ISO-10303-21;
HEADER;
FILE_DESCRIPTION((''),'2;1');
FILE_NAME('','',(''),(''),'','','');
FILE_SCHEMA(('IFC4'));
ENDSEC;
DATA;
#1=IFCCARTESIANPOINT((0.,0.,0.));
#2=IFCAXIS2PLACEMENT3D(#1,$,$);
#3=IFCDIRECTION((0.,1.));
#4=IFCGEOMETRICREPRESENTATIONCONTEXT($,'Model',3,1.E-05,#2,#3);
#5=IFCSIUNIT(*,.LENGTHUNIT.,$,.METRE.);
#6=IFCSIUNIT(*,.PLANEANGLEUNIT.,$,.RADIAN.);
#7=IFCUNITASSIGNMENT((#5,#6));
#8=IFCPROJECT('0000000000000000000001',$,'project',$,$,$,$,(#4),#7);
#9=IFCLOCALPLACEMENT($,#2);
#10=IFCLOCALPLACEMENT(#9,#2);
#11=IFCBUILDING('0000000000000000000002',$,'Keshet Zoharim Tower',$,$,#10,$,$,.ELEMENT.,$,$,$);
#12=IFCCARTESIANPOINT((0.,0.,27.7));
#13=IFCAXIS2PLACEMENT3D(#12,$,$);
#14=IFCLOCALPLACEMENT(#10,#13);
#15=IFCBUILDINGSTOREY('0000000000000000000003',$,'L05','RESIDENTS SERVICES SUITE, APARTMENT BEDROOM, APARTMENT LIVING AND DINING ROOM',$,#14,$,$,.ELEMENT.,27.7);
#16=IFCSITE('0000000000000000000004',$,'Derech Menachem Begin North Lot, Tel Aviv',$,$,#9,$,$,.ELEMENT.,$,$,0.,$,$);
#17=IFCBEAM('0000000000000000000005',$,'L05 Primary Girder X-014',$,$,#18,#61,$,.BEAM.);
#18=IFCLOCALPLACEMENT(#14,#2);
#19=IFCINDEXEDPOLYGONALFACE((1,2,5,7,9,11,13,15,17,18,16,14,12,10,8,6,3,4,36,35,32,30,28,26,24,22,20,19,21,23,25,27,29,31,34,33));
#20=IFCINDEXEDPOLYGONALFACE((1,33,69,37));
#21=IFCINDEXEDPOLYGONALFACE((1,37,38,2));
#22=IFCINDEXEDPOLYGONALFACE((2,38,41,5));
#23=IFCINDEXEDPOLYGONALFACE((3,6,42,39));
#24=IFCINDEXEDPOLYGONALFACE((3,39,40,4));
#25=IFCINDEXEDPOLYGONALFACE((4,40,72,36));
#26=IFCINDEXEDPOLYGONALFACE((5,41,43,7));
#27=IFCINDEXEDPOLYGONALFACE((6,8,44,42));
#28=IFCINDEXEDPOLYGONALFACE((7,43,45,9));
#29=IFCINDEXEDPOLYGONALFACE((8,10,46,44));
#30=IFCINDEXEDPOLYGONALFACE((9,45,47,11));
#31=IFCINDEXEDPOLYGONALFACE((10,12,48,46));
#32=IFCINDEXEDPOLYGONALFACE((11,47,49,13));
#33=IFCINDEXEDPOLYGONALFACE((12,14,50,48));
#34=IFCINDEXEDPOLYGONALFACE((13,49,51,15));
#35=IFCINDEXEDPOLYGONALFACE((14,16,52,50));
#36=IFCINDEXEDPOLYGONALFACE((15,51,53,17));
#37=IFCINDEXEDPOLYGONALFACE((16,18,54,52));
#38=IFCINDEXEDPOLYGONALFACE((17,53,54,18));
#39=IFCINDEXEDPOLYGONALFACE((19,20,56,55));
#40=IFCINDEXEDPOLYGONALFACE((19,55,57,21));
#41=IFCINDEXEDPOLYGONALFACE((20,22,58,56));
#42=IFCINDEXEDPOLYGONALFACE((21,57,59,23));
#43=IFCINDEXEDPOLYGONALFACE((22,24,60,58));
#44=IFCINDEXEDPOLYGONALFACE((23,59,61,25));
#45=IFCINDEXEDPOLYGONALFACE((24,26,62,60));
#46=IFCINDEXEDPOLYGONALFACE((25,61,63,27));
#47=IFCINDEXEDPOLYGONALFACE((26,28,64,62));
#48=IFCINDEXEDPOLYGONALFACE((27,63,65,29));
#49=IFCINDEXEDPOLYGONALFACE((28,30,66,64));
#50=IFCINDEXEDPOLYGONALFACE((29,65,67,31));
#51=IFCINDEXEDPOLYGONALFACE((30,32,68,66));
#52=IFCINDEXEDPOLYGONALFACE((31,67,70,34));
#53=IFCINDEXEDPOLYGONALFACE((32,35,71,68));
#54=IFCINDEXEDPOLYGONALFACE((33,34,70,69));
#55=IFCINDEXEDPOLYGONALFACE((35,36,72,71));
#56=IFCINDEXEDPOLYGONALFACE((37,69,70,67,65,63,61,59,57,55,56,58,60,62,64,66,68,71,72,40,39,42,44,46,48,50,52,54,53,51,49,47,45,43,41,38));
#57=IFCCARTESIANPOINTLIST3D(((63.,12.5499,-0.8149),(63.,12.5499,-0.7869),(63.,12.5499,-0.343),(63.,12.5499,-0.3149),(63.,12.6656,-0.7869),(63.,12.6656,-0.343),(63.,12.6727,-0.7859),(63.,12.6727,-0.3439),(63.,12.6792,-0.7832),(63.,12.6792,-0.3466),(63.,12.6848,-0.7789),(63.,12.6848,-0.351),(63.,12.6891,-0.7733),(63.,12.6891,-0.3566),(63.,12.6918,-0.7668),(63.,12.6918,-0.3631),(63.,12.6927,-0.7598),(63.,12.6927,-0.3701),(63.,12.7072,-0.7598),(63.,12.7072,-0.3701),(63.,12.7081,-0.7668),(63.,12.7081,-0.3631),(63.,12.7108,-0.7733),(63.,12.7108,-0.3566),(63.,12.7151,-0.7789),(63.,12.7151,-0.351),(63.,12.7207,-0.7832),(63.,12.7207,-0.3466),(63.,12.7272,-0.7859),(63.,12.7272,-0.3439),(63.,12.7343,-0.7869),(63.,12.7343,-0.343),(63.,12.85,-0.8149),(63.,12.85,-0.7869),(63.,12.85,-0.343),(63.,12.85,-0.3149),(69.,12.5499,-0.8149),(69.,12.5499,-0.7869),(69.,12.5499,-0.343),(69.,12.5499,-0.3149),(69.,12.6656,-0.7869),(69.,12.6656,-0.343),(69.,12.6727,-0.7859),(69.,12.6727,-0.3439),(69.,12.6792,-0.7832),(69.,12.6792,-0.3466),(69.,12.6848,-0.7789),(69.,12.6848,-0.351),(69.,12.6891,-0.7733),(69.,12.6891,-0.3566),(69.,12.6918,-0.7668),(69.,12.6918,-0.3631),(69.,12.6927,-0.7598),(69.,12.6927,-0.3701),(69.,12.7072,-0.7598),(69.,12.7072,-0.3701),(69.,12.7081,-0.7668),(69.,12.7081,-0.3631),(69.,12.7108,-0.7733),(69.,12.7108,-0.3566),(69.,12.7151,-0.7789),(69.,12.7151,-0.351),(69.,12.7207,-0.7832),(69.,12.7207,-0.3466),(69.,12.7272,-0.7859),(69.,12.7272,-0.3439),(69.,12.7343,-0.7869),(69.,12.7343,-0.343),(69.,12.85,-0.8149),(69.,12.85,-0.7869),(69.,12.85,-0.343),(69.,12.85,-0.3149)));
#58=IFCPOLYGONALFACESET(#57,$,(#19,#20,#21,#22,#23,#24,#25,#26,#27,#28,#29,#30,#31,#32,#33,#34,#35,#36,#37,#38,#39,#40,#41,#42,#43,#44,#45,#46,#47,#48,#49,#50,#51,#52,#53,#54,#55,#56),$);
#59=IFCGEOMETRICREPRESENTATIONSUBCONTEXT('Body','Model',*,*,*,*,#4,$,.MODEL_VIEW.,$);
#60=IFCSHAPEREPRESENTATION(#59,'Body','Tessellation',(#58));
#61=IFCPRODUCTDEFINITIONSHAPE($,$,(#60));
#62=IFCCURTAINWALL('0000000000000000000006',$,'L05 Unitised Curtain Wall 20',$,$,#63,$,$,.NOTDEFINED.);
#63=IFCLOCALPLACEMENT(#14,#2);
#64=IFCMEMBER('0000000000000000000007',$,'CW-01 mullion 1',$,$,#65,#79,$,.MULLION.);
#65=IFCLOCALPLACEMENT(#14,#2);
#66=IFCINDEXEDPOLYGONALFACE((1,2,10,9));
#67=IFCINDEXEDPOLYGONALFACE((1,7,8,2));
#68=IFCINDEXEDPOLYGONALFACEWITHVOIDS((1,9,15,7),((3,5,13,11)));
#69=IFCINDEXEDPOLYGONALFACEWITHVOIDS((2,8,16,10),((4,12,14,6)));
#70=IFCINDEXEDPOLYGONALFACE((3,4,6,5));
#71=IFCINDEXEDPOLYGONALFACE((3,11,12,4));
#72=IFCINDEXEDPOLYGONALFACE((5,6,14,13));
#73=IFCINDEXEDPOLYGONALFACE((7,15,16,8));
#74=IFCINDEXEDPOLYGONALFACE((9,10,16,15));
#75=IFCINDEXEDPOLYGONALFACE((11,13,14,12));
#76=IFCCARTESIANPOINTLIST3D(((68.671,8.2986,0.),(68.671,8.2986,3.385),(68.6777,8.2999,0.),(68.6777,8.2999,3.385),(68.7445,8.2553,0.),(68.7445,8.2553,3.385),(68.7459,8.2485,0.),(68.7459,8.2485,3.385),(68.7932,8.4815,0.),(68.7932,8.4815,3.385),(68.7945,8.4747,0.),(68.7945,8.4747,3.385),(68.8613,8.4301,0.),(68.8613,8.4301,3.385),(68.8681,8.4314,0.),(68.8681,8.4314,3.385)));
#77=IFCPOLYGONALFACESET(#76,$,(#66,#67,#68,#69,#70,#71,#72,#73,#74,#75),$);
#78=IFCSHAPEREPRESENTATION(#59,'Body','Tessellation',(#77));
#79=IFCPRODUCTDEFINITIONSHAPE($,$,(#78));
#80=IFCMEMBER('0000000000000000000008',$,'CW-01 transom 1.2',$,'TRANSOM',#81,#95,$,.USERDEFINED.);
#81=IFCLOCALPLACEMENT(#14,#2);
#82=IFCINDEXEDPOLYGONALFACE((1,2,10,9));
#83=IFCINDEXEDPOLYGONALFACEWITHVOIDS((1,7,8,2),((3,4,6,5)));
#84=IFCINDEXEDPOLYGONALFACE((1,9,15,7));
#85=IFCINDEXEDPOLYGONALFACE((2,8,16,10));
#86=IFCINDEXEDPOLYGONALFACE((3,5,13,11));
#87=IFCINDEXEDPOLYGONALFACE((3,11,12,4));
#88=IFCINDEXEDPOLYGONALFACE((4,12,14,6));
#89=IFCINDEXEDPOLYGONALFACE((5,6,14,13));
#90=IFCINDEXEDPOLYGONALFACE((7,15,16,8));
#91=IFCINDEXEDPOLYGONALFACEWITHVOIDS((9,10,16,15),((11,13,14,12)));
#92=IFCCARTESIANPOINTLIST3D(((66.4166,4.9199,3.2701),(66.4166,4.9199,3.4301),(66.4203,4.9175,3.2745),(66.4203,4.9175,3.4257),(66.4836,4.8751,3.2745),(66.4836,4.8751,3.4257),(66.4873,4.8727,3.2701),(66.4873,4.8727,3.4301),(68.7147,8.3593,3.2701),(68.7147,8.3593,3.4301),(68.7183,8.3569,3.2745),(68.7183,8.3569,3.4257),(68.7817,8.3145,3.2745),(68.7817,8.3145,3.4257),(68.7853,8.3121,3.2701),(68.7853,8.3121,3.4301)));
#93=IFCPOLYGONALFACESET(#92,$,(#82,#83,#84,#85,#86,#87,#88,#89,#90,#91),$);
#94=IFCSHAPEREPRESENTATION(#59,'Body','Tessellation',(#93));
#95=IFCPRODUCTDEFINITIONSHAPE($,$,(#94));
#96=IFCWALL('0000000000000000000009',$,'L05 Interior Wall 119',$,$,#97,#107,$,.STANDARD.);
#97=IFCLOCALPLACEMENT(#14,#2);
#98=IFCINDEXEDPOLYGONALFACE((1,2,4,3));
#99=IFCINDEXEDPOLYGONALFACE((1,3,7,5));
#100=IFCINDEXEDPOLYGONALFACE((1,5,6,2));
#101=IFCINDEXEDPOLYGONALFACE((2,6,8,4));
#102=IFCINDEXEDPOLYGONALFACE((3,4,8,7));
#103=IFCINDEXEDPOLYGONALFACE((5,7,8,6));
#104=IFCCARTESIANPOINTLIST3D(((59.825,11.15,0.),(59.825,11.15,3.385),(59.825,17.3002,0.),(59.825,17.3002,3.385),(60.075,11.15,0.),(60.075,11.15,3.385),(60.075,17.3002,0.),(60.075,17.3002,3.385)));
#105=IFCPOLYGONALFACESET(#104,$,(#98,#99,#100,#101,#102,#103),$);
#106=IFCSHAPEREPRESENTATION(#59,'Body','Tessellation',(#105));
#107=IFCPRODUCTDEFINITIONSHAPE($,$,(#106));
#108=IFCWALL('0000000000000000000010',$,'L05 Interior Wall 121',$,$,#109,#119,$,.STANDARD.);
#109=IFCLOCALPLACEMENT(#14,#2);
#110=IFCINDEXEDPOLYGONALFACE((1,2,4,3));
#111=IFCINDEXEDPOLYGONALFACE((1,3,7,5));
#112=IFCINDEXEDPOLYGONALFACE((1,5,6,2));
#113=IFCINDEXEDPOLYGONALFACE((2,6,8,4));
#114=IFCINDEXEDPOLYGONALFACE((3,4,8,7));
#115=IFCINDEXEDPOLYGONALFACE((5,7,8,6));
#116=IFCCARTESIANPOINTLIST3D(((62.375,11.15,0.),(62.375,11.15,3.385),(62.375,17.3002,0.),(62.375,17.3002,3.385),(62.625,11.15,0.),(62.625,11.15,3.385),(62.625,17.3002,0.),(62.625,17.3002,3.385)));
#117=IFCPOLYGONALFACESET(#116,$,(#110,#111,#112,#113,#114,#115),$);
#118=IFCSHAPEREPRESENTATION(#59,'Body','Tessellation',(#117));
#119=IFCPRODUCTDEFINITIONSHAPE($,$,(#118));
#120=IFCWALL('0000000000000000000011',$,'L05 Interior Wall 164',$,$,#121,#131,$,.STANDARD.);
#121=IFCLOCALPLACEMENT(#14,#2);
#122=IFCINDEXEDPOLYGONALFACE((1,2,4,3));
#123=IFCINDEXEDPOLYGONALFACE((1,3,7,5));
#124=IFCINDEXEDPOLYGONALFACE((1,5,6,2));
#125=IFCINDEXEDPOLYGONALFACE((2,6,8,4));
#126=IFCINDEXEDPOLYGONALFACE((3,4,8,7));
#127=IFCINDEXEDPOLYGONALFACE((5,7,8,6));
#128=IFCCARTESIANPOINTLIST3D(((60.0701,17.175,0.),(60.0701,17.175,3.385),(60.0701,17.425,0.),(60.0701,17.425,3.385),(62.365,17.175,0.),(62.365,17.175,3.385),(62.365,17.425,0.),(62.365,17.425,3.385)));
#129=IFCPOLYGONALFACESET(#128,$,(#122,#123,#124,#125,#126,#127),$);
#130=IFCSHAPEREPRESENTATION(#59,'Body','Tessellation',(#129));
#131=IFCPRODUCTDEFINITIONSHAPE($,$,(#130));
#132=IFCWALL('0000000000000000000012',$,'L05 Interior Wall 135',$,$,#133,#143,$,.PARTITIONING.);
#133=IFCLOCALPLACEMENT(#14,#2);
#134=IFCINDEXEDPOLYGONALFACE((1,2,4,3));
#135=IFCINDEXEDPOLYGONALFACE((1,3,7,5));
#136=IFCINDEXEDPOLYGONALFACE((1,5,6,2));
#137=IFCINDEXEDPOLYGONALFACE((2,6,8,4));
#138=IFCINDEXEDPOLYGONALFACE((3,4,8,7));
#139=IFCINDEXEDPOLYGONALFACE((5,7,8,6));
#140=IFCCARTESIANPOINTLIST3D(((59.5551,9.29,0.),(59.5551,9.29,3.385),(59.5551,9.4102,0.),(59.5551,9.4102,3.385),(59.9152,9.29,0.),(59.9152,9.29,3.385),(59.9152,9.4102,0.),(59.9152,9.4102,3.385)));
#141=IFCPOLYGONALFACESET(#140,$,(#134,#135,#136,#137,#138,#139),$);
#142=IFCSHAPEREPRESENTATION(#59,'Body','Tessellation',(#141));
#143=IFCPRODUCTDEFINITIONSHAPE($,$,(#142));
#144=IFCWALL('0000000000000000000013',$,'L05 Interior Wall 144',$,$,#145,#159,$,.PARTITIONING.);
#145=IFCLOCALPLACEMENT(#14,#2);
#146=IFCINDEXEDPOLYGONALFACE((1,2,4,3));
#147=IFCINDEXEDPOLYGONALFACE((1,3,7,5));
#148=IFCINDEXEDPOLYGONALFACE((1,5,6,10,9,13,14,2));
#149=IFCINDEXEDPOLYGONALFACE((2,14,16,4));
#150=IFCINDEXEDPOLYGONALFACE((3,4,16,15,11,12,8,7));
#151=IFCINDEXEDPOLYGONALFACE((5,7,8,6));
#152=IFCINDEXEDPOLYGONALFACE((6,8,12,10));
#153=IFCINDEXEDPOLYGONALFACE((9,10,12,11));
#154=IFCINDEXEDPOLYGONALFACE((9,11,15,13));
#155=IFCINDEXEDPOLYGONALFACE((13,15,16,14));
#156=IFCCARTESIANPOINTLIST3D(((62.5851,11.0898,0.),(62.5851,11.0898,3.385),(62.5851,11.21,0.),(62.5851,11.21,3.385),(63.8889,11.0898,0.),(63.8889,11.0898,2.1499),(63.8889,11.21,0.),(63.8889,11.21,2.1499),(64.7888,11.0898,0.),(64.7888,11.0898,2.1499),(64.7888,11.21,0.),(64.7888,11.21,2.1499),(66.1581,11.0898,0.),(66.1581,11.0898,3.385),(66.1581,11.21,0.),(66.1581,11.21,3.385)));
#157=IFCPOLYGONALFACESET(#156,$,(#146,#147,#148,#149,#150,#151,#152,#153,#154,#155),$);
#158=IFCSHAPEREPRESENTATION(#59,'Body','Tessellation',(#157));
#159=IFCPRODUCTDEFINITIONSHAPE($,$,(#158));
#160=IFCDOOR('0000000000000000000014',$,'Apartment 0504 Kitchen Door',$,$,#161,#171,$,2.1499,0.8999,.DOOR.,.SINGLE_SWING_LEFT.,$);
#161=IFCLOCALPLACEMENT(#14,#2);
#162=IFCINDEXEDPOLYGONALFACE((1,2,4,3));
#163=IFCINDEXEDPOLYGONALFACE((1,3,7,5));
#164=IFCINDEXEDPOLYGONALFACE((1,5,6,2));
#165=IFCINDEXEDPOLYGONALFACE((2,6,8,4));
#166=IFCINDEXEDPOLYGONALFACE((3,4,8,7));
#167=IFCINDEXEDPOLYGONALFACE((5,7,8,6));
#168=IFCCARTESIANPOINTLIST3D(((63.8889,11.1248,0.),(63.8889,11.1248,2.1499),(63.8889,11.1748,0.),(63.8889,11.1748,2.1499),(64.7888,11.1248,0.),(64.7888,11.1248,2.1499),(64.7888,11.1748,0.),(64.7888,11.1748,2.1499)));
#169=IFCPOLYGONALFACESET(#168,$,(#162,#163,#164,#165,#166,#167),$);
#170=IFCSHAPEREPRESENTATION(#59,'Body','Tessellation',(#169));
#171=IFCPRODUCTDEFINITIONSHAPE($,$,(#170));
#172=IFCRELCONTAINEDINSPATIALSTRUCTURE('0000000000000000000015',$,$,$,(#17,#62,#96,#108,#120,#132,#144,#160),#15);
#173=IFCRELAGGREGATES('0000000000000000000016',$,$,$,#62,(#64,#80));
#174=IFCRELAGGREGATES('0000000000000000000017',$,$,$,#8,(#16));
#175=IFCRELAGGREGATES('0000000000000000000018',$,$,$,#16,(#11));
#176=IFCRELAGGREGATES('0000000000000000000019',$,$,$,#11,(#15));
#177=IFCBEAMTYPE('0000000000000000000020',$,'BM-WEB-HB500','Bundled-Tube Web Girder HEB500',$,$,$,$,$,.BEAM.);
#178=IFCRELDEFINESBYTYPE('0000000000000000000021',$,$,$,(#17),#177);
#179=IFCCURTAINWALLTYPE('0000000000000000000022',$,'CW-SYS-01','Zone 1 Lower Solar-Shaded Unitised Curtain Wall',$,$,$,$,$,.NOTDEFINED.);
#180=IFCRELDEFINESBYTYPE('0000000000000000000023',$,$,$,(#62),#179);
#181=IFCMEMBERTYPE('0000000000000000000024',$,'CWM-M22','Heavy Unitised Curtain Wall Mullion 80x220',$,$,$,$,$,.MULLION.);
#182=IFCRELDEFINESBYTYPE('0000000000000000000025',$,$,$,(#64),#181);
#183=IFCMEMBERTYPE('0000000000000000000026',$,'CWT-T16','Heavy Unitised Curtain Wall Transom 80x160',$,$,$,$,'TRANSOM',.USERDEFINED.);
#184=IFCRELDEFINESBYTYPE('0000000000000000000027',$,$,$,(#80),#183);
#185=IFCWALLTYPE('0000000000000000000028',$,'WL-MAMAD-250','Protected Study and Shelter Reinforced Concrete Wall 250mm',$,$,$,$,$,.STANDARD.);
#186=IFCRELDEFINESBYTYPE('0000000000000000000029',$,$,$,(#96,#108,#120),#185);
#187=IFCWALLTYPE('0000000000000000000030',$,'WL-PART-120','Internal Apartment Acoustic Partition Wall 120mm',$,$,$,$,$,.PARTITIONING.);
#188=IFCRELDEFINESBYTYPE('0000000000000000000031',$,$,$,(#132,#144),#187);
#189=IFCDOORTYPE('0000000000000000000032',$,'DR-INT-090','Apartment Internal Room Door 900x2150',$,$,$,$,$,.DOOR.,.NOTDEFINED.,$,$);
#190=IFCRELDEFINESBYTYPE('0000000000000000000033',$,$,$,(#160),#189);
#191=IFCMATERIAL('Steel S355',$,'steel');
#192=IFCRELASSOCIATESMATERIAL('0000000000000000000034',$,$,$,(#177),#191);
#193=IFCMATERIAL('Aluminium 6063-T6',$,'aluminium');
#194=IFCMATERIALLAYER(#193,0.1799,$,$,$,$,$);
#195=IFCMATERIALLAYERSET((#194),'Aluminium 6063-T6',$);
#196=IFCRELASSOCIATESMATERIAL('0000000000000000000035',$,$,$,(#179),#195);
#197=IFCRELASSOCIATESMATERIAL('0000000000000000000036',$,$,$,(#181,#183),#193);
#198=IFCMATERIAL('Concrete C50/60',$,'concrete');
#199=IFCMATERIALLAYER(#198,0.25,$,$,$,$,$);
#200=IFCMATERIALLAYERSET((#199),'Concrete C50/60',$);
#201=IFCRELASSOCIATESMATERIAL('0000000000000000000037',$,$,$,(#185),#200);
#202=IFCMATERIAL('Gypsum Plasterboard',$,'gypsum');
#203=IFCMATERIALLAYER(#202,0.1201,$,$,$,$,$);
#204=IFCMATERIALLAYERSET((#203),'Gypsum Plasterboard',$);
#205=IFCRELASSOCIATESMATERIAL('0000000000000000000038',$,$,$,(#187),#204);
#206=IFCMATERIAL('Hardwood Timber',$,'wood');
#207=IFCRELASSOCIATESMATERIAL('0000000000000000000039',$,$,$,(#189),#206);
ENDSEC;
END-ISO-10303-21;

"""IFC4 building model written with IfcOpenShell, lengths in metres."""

from ifc_helpers import new_model, si_unit, direction, frame, frame_2d, origin, origin_2d, place, context, subcontext, project, spatial, rectangle, hollow_rectangle, i_section, extrude, material, layer, layer_set, material_profile, profile_set, type_object, element, fill, aggregate, save


model = new_model("IFC4")

# Units and contexts
model_context = context("Model", 3, precision=1e-05, world=origin(), true_north=direction((0.0, 1.0)))
body_context = subcontext(model_context, "Body", "Model", "MODEL_VIEW")
ifc_project = project(units=[si_unit("LENGTHUNIT", "METRE"), si_unit("PLANEANGLEUNIT", "RADIAN")], contexts=[model_context])

# Site, building, storey
site_placement = place(None, origin())
site = spatial("IfcSite", under=ifc_project, at=site_placement, Name="Derech Menachem Begin North Lot, Tel Aviv", CompositionType="ELEMENT", RefElevation=0.0)
building_placement = place(site_placement, origin())
building = spatial("IfcBuilding", under=site, at=building_placement, Name="Keshet Zoharim Tower", CompositionType="ELEMENT")
storey_placement = place(building_placement, frame((0.0, 0.0, 27.7)))
storey = spatial("IfcBuildingStorey", under=building, at=storey_placement, Name="L05", Description="RESIDENTS SERVICES SUITE, APARTMENT BEDROOM, APARTMENT LIVING AND DINING ROOM", CompositionType="ELEMENT", Elevation=27.7)

# Beam
ifc_material_1 = material(Name="Steel S355", Category="steel")
ifc_material_profile_1 = material_profile(ifc_material_1, i_section(OverallWidth=0.3, OverallDepth=0.5, WebThickness=0.0144, FlangeThickness=0.0281, FilletRadius=0.0271, at=origin_2d()), Name="HEB500")
ifc_profile_set_1 = profile_set([ifc_material_profile_1], Name="Steel S355")
beam_type_1 = type_object("IfcBeamType", Name="BM-WEB-HB500", Description="Bundled-Tube Web Girder HEB500", PredefinedType="BEAM", material=ifc_profile_set_1)
for number, where, z_axis, x_axis, name in (
    (1, (63.0, 12.7, -0.5649), (1.0, 0.0, 0.0), (0.0, 1.0, 0.0), "L05 Primary Girder X-014"),
):
    element("IfcBeam", number, at=place(storey_placement, frame(where, z_axis=z_axis, x_axis=x_axis)), inside=storey, type_object=beam_type_1, Name=name, PredefinedType="BEAM", context=body_context, shape_type="SweptSolid", body=[
        extrude(i_section(OverallWidth=0.3, OverallDepth=0.5, WebThickness=0.0144, FlangeThickness=0.0281, FilletRadius=0.0271, at=origin_2d()), origin(), (0.0, 0.0, 1.0), 6.0),
    ])

# Curtain wall, members
ifc_material_2 = material(Name="Aluminium 6063-T6", Category="aluminium")
ifc_layer_1 = layer(ifc_material_2, 0.1799)
ifc_layer_set_1 = layer_set([ifc_layer_1], Name="Aluminium 6063-T6")
curtain_wall_type = type_object("IfcCurtainWallType", Name="CW-SYS-01", Description="Zone 1 Lower Solar-Shaded Unitised Curtain Wall", PredefinedType="NOTDEFINED", material=ifc_layer_set_1)
curtain_wall_placement = place(storey_placement, origin())
curtain_wall = element("IfcCurtainWall", 2, at=curtain_wall_placement, inside=storey, type_object=curtain_wall_type, Name="L05 Unitised Curtain Wall 20", PredefinedType="NOTDEFINED")
ifc_material_profile_2 = material_profile(ifc_material_2, hollow_rectangle(XDim=0.0901, YDim=0.22, WallThickness=0.0049, at=origin_2d()), Name="MUL-90x220")
ifc_profile_set_2 = profile_set([ifc_material_profile_2], Name="Aluminium 6063-T6")
member_type_1 = type_object("IfcMemberType", Name="CWM-M22", Description="Heavy Unitised Curtain Wall Mullion 80x220", PredefinedType="MULLION", material=ifc_profile_set_2)
member_1_placement = place(storey_placement, frame((68.7695, 8.365, 0.0), z_axis=(0.0, 0.0, 1.0), x_axis=(0.831474, -0.555563, 0.0)))
member_1 = element("IfcMember", 3, at=member_1_placement, type_object=member_type_1, Name="CW-01 mullion 1", PredefinedType="MULLION", context=body_context, shape_type="SweptSolid", body=[
    extrude(hollow_rectangle(XDim=0.0901, YDim=0.22, WallThickness=0.0049, at=origin_2d()), origin(), (0.0, 0.0, 1.0), 3.385),
])
ifc_material_profile_3 = material_profile(ifc_material_2, hollow_rectangle(XDim=0.085, YDim=0.1599, WallThickness=0.0044, at=origin_2d()), Name="TRN-85x160")
ifc_profile_set_3 = profile_set([ifc_material_profile_3], Name="Aluminium 6063-T6")
member_type_2 = type_object("IfcMemberType", Name="CWT-T16", Description="Heavy Unitised Curtain Wall Transom 80x160", ElementType="TRANSOM", PredefinedType="USERDEFINED", material=ifc_profile_set_3)
member_2_placement = place(storey_placement, frame((68.75, 8.3357, 3.3501), z_axis=(-0.555558, -0.831478, 0.0), x_axis=(0.831478, -0.555558, 0.0)))
member_2 = element("IfcMember", 4, at=member_2_placement, type_object=member_type_2, Name="CW-01 transom 1.2", ObjectType="TRANSOM", PredefinedType="USERDEFINED", context=body_context, shape_type="SweptSolid", body=[
    extrude(hollow_rectangle(XDim=0.085, YDim=0.1599, WallThickness=0.0044, at=origin_2d()), origin(), (0.0, 0.0, 1.0), 4.1365),
])
aggregate(curtain_wall, [member_1, member_2])

# Walls
ifc_material_3 = material(Name="Concrete C50/60", Category="concrete")
ifc_layer_2 = layer(ifc_material_3, 0.25)
ifc_layer_set_2 = layer_set([ifc_layer_2], Name="Concrete C50/60")
wall_type_1 = type_object("IfcWallType", Name="WL-MAMAD-250", Description="Protected Study and Shelter Reinforced Concrete Wall 250mm", PredefinedType="STANDARD", material=ifc_layer_set_2)
for number, where, z_axis, x_axis, name in (
    (5, (59.95, 11.1499, 0.0), (0.0, 0.0, 1.0), (0.0, 1.0, 0.0), "L05 Interior Wall 119"),
    (6, (62.5, 11.1499, 0.0), (0.0, 0.0, 1.0), (0.0, 1.0, 0.0), "L05 Interior Wall 121"),
):
    element("IfcWall", number, at=place(storey_placement, frame(where, z_axis=z_axis, x_axis=x_axis)), inside=storey, type_object=wall_type_1, Name=name, PredefinedType="STANDARD", context=body_context, shape_type="SweptSolid", body=[
        extrude(rectangle(XDim=6.1501, YDim=0.25, at=frame_2d((3.0752, 0.0))), origin(), (0.0, 0.0, 1.0), 3.385),
    ])

# Shared definitions
ifc_material_4 = material(Name="Hardwood Timber", Category="wood")

# Walls
wall_1_placement = place(storey_placement, frame((60.0701, 17.3, 0.0), z_axis=(0.0, 0.0, 1.0), x_axis=(1.0, 0.0, 0.0)))
element("IfcWall", 7, at=wall_1_placement, inside=storey, type_object=wall_type_1, Name="L05 Interior Wall 164", PredefinedType="STANDARD", context=body_context, shape_type="SweptSolid", body=[
    extrude(rectangle(XDim=2.2949, YDim=0.25, at=frame_2d((1.1475, 0.0))), origin(), (0.0, 0.0, 1.0), 3.385),
])
ifc_material_5 = material(Name="Gypsum Plasterboard", Category="gypsum")
ifc_layer_3 = layer(ifc_material_5, 0.1201)
ifc_layer_set_3 = layer_set([ifc_layer_3], Name="Gypsum Plasterboard")
wall_type_2 = type_object("IfcWallType", Name="WL-PART-120", Description="Internal Apartment Acoustic Partition Wall 120mm", PredefinedType="PARTITIONING", material=ifc_layer_set_3)
wall_2_placement = place(storey_placement, frame((59.5549, 9.3501, 0.0), z_axis=(0.0, 0.0, 1.0), x_axis=(1.0, 0.0, 0.0)))
element("IfcWall", 8, at=wall_2_placement, inside=storey, type_object=wall_type_2, Name="L05 Interior Wall 135", PredefinedType="PARTITIONING", context=body_context, shape_type="SweptSolid", body=[
    extrude(rectangle(XDim=0.3601, YDim=0.1201, at=frame_2d((0.1802, 0.0))), origin(), (0.0, 0.0, 1.0), 3.385),
])

# Shared definitions
door_type_1 = type_object("IfcDoorType", Name="DR-INT-090", Description="Apartment Internal Room Door 900x2150", OperationType="NOTDEFINED", PredefinedType="DOOR", material=ifc_material_4)

# Wall, opening, door
wall_3_placement = place(storey_placement, frame((62.585, 11.1499, 0.0), z_axis=(0.0, 0.0, 1.0), x_axis=(1.0, 0.0, 0.0)))
wall_3 = element("IfcWall", 9, at=wall_3_placement, inside=storey, type_object=wall_type_2, Name="L05 Interior Wall 144", PredefinedType="PARTITIONING", context=body_context, shape_type="SweptSolid", body=[
    extrude(rectangle(XDim=3.573, YDim=0.1201, at=frame_2d((1.7866, 0.0))), origin(), (0.0, 0.0, 1.0), 3.385),
])
opening_1_placement = place(wall_3_placement, frame((1.304, 0.0, 0.0)))
opening_1 = element("IfcOpeningElement", 10, at=opening_1_placement, cuts=wall_3, PredefinedType="OPENING", context=body_context, shape_type="SweptSolid", body=[
    extrude(rectangle(XDim=0.8999, YDim=2.1499, at=frame_2d((0.45, 1.075))), frame((0.0, 0.0701, 0.0), z_axis=(0.0, -1.0, 0.0), x_axis=(1.0, 0.0, 0.0)), (0.0, 0.0, 1.0), 0.1401),
])
door_1_placement = place(opening_1_placement, origin())
door_1 = element("IfcDoor", 11, at=door_1_placement, inside=storey, type_object=door_type_1, Name="Apartment 0504 Kitchen Door", OperationType="SINGLE_SWING_LEFT", OverallHeight=2.1499, OverallWidth=0.8999, PredefinedType="DOOR", context=body_context, shape_type="SweptSolid", body=[
    extrude(rectangle(XDim=0.8999, YDim=2.1499, at=frame_2d((0.45, 1.075))), frame((0.0, 0.0249, 0.0), z_axis=(0.0, -1.0, 0.0), x_axis=(1.0, 0.0, 0.0)), (0.0, 0.0, 1.0), 0.05),
])
fill(opening_1, door_1)

save(model, "model.ifc")
